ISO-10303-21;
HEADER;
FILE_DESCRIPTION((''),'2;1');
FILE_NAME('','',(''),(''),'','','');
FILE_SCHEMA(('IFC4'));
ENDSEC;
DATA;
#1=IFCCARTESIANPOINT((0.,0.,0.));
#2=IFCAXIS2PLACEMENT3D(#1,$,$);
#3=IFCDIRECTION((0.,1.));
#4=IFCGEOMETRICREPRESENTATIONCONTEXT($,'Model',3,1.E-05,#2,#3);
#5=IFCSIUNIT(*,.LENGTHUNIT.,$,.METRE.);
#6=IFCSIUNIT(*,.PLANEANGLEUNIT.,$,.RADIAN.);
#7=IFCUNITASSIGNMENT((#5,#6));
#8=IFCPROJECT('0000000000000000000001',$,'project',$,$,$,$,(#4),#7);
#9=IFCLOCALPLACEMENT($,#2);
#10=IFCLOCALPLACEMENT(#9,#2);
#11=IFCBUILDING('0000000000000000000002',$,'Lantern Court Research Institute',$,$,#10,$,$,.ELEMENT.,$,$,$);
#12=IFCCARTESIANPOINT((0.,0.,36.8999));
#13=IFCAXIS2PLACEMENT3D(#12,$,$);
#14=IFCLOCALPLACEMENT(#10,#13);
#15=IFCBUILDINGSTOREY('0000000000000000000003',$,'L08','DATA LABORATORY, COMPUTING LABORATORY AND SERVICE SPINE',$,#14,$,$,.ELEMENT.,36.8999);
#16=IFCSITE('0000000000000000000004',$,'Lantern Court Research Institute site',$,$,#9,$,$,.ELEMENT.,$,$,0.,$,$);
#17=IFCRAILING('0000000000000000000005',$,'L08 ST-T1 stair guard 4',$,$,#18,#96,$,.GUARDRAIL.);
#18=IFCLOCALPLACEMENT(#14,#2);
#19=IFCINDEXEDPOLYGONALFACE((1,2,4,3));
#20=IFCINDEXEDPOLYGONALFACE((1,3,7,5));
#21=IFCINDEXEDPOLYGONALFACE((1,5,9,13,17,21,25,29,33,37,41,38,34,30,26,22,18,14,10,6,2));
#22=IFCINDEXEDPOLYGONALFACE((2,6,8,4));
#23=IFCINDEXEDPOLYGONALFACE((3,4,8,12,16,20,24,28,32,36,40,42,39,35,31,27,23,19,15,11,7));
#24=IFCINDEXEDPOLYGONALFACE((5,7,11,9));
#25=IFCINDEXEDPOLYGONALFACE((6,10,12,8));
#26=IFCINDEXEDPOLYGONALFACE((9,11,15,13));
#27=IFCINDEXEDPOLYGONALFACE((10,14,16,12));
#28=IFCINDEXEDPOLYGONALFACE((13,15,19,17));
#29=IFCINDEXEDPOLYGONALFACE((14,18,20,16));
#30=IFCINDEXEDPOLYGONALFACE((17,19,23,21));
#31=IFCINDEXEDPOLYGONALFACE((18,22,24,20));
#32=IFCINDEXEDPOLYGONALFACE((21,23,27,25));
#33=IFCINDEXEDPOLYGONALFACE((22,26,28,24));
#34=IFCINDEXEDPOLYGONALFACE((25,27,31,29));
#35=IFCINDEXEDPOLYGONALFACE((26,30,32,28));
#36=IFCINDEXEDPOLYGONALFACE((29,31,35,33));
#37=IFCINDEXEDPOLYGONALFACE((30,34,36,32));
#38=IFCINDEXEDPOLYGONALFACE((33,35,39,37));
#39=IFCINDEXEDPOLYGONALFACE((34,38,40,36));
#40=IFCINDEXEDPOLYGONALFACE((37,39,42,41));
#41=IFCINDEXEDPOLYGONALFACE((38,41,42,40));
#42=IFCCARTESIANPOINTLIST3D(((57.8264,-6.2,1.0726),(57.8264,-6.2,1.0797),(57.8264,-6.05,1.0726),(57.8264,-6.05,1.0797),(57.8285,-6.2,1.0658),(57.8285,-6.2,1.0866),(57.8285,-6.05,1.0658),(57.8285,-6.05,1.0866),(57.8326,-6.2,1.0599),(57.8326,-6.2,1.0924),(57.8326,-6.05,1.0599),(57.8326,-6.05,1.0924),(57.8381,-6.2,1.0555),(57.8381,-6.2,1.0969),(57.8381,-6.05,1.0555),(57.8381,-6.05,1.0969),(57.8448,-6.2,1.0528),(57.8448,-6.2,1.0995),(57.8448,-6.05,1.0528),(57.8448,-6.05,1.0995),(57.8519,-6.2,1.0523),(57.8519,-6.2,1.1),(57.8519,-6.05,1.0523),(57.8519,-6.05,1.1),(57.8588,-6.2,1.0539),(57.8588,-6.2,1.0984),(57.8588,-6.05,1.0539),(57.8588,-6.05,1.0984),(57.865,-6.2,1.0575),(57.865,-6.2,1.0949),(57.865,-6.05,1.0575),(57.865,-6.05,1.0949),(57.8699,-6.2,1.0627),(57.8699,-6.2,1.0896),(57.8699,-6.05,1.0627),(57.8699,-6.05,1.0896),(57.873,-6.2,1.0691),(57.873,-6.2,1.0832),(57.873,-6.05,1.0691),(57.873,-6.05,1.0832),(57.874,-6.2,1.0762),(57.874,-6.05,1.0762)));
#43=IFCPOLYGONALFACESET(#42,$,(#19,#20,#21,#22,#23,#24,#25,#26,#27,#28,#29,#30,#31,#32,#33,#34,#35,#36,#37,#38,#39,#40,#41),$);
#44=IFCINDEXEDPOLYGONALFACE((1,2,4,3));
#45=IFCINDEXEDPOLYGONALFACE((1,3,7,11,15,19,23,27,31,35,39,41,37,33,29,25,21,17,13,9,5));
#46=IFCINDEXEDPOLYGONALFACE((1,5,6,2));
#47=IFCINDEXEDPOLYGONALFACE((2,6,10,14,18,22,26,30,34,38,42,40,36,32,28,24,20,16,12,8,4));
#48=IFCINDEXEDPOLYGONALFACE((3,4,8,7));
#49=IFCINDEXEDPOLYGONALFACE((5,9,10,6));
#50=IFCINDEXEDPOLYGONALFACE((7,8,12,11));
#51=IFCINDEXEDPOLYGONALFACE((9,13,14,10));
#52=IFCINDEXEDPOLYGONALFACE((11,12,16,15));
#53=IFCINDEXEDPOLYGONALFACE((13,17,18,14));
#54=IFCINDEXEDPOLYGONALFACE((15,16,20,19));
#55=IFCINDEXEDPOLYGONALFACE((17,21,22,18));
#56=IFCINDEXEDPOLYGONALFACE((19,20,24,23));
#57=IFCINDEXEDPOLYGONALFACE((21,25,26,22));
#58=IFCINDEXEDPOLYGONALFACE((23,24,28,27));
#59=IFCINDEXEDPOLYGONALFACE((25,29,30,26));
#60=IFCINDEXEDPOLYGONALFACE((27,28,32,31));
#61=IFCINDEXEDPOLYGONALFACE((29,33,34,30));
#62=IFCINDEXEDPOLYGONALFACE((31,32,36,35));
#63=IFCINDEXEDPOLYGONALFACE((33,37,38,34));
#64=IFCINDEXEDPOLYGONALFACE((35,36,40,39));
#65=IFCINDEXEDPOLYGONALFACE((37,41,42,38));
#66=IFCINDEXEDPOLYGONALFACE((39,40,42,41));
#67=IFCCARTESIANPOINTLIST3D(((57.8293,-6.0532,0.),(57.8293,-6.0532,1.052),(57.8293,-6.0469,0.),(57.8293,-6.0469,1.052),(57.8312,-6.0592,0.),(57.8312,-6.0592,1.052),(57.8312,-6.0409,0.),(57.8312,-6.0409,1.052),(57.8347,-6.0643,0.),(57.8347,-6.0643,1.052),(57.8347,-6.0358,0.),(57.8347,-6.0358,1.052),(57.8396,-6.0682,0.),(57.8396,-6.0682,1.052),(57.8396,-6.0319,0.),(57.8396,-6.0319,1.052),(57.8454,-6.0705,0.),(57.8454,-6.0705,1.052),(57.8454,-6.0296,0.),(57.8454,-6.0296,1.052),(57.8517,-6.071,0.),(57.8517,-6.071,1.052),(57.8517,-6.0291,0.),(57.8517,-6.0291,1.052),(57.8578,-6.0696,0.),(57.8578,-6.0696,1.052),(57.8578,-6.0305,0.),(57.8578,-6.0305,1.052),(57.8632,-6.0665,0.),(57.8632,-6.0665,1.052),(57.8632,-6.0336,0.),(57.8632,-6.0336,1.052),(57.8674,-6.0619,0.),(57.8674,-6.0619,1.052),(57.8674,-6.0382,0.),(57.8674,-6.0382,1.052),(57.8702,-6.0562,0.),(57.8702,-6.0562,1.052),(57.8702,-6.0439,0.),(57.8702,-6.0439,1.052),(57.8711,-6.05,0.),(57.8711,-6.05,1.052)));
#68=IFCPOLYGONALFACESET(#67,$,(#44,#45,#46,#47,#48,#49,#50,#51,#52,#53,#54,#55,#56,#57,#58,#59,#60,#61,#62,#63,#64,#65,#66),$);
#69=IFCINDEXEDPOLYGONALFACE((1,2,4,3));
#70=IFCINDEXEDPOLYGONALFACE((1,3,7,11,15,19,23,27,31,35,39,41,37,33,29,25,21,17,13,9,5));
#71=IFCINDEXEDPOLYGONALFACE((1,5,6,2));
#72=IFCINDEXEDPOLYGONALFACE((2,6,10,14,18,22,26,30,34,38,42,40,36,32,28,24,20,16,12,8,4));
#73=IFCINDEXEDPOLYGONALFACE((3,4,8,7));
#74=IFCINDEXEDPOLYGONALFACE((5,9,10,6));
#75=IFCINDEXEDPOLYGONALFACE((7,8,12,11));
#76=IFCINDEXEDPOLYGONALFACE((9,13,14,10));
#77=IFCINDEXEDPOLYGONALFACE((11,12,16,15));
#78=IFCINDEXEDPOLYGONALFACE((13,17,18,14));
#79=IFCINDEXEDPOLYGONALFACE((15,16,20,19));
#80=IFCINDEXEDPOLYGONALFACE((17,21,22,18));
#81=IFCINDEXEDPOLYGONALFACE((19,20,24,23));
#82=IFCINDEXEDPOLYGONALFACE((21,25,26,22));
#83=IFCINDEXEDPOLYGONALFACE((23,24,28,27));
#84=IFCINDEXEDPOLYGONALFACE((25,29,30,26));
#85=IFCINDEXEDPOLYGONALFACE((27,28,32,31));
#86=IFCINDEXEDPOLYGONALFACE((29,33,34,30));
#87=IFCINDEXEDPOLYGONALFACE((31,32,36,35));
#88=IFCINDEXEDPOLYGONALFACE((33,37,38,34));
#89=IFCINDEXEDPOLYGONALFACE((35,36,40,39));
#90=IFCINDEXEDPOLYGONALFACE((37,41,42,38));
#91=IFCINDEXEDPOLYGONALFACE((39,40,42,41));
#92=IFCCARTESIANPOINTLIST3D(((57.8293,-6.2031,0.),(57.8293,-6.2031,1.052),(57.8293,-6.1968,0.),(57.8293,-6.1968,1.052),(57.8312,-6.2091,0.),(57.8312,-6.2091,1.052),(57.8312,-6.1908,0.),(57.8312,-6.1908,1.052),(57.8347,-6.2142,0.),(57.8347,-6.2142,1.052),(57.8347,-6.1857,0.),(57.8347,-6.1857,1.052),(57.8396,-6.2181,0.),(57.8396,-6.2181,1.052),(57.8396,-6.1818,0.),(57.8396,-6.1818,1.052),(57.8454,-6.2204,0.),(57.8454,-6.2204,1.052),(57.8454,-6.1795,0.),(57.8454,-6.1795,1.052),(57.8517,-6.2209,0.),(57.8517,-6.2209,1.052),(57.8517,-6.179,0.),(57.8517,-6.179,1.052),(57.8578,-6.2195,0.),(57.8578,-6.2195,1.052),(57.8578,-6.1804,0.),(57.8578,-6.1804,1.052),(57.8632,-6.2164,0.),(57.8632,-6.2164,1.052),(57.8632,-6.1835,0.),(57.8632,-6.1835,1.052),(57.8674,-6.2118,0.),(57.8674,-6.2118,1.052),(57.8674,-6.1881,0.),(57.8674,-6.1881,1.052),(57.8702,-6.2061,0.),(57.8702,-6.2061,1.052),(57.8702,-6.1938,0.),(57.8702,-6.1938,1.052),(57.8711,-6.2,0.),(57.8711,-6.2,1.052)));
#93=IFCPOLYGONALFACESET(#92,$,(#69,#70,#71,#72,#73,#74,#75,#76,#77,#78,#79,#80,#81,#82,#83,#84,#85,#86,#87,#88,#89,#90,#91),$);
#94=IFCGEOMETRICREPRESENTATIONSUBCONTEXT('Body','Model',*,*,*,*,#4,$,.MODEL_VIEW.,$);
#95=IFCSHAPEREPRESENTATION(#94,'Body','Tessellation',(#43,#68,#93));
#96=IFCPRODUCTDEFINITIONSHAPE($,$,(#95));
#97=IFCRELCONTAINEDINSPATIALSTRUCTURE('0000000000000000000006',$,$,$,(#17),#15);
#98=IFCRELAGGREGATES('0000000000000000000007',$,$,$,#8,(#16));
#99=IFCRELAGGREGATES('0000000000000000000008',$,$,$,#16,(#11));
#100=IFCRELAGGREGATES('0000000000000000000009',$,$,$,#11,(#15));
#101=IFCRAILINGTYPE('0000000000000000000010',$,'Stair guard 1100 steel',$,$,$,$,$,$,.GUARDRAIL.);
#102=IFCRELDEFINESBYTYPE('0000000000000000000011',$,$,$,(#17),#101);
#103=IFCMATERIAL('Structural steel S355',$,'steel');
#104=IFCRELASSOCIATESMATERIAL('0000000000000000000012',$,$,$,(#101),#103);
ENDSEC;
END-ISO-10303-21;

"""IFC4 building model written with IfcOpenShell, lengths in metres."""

from ifc_helpers import new_model, si_unit, direction, frame, origin, origin_2d, place, context, subcontext, project, spatial, circle, extrude, material, type_object, element, save


model = new_model("IFC4")

# Units and contexts
model_context = context("Model", 3, precision=1e-05, world=origin(), true_north=direction((0.0, 1.0)))
body_context = subcontext(model_context, "Body", "Model", "MODEL_VIEW")
ifc_project = project(units=[si_unit("LENGTHUNIT", "METRE"), si_unit("PLANEANGLEUNIT", "RADIAN")], contexts=[model_context])

# Site, building, storey
site_placement = place(None, origin())
site = spatial("IfcSite", under=ifc_project, at=site_placement, Name="Lantern Court Research Institute site", CompositionType="ELEMENT", RefElevation=0.0)
building_placement = place(site_placement, origin())
building = spatial("IfcBuilding", under=site, at=building_placement, Name="Lantern Court Research Institute", CompositionType="ELEMENT")
storey_placement = place(building_placement, frame((0.0, 0.0, 36.8999)))
storey = spatial("IfcBuildingStorey", under=building, at=storey_placement, Name="L08", Description="DATA LABORATORY, COMPUTING LABORATORY AND SERVICE SPINE", CompositionType="ELEMENT", Elevation=36.8999)

# Railing
ifc_material_1 = material(Name="Structural steel S355", Category="steel")
railing_type_1 = type_object("IfcRailingType", Name="Stair guard 1100 steel", PredefinedType="GUARDRAIL", material=ifc_material_1)
railing_1_placement = place(storey_placement, frame((57.8501, -6.05, 0.0)))
element("IfcRailing", 1, at=railing_1_placement, inside=storey, type_object=railing_type_1, Name="L08 ST-T1 stair guard 4", PredefinedType="GUARDRAIL", context=body_context, shape_type="SweptSolid", body=[
    extrude(circle(Radius=0.0239, at=origin_2d()), frame((0.0, 0.0, 1.0762), z_axis=(0.0, -1.0, 0.0), x_axis=(1.0, 0.0, 0.0)), (0.0, 0.0, 1.0), 0.1499),
    extrude(circle(Radius=0.021, at=origin_2d()), origin(), (0.0, 0.0, 1.0), 1.052),
    extrude(circle(Radius=0.021, at=origin_2d()), frame((0.0, -0.1499, 0.0)), (0.0, 0.0, 1.0), 1.052),
])

save(model, "model.ifc")
